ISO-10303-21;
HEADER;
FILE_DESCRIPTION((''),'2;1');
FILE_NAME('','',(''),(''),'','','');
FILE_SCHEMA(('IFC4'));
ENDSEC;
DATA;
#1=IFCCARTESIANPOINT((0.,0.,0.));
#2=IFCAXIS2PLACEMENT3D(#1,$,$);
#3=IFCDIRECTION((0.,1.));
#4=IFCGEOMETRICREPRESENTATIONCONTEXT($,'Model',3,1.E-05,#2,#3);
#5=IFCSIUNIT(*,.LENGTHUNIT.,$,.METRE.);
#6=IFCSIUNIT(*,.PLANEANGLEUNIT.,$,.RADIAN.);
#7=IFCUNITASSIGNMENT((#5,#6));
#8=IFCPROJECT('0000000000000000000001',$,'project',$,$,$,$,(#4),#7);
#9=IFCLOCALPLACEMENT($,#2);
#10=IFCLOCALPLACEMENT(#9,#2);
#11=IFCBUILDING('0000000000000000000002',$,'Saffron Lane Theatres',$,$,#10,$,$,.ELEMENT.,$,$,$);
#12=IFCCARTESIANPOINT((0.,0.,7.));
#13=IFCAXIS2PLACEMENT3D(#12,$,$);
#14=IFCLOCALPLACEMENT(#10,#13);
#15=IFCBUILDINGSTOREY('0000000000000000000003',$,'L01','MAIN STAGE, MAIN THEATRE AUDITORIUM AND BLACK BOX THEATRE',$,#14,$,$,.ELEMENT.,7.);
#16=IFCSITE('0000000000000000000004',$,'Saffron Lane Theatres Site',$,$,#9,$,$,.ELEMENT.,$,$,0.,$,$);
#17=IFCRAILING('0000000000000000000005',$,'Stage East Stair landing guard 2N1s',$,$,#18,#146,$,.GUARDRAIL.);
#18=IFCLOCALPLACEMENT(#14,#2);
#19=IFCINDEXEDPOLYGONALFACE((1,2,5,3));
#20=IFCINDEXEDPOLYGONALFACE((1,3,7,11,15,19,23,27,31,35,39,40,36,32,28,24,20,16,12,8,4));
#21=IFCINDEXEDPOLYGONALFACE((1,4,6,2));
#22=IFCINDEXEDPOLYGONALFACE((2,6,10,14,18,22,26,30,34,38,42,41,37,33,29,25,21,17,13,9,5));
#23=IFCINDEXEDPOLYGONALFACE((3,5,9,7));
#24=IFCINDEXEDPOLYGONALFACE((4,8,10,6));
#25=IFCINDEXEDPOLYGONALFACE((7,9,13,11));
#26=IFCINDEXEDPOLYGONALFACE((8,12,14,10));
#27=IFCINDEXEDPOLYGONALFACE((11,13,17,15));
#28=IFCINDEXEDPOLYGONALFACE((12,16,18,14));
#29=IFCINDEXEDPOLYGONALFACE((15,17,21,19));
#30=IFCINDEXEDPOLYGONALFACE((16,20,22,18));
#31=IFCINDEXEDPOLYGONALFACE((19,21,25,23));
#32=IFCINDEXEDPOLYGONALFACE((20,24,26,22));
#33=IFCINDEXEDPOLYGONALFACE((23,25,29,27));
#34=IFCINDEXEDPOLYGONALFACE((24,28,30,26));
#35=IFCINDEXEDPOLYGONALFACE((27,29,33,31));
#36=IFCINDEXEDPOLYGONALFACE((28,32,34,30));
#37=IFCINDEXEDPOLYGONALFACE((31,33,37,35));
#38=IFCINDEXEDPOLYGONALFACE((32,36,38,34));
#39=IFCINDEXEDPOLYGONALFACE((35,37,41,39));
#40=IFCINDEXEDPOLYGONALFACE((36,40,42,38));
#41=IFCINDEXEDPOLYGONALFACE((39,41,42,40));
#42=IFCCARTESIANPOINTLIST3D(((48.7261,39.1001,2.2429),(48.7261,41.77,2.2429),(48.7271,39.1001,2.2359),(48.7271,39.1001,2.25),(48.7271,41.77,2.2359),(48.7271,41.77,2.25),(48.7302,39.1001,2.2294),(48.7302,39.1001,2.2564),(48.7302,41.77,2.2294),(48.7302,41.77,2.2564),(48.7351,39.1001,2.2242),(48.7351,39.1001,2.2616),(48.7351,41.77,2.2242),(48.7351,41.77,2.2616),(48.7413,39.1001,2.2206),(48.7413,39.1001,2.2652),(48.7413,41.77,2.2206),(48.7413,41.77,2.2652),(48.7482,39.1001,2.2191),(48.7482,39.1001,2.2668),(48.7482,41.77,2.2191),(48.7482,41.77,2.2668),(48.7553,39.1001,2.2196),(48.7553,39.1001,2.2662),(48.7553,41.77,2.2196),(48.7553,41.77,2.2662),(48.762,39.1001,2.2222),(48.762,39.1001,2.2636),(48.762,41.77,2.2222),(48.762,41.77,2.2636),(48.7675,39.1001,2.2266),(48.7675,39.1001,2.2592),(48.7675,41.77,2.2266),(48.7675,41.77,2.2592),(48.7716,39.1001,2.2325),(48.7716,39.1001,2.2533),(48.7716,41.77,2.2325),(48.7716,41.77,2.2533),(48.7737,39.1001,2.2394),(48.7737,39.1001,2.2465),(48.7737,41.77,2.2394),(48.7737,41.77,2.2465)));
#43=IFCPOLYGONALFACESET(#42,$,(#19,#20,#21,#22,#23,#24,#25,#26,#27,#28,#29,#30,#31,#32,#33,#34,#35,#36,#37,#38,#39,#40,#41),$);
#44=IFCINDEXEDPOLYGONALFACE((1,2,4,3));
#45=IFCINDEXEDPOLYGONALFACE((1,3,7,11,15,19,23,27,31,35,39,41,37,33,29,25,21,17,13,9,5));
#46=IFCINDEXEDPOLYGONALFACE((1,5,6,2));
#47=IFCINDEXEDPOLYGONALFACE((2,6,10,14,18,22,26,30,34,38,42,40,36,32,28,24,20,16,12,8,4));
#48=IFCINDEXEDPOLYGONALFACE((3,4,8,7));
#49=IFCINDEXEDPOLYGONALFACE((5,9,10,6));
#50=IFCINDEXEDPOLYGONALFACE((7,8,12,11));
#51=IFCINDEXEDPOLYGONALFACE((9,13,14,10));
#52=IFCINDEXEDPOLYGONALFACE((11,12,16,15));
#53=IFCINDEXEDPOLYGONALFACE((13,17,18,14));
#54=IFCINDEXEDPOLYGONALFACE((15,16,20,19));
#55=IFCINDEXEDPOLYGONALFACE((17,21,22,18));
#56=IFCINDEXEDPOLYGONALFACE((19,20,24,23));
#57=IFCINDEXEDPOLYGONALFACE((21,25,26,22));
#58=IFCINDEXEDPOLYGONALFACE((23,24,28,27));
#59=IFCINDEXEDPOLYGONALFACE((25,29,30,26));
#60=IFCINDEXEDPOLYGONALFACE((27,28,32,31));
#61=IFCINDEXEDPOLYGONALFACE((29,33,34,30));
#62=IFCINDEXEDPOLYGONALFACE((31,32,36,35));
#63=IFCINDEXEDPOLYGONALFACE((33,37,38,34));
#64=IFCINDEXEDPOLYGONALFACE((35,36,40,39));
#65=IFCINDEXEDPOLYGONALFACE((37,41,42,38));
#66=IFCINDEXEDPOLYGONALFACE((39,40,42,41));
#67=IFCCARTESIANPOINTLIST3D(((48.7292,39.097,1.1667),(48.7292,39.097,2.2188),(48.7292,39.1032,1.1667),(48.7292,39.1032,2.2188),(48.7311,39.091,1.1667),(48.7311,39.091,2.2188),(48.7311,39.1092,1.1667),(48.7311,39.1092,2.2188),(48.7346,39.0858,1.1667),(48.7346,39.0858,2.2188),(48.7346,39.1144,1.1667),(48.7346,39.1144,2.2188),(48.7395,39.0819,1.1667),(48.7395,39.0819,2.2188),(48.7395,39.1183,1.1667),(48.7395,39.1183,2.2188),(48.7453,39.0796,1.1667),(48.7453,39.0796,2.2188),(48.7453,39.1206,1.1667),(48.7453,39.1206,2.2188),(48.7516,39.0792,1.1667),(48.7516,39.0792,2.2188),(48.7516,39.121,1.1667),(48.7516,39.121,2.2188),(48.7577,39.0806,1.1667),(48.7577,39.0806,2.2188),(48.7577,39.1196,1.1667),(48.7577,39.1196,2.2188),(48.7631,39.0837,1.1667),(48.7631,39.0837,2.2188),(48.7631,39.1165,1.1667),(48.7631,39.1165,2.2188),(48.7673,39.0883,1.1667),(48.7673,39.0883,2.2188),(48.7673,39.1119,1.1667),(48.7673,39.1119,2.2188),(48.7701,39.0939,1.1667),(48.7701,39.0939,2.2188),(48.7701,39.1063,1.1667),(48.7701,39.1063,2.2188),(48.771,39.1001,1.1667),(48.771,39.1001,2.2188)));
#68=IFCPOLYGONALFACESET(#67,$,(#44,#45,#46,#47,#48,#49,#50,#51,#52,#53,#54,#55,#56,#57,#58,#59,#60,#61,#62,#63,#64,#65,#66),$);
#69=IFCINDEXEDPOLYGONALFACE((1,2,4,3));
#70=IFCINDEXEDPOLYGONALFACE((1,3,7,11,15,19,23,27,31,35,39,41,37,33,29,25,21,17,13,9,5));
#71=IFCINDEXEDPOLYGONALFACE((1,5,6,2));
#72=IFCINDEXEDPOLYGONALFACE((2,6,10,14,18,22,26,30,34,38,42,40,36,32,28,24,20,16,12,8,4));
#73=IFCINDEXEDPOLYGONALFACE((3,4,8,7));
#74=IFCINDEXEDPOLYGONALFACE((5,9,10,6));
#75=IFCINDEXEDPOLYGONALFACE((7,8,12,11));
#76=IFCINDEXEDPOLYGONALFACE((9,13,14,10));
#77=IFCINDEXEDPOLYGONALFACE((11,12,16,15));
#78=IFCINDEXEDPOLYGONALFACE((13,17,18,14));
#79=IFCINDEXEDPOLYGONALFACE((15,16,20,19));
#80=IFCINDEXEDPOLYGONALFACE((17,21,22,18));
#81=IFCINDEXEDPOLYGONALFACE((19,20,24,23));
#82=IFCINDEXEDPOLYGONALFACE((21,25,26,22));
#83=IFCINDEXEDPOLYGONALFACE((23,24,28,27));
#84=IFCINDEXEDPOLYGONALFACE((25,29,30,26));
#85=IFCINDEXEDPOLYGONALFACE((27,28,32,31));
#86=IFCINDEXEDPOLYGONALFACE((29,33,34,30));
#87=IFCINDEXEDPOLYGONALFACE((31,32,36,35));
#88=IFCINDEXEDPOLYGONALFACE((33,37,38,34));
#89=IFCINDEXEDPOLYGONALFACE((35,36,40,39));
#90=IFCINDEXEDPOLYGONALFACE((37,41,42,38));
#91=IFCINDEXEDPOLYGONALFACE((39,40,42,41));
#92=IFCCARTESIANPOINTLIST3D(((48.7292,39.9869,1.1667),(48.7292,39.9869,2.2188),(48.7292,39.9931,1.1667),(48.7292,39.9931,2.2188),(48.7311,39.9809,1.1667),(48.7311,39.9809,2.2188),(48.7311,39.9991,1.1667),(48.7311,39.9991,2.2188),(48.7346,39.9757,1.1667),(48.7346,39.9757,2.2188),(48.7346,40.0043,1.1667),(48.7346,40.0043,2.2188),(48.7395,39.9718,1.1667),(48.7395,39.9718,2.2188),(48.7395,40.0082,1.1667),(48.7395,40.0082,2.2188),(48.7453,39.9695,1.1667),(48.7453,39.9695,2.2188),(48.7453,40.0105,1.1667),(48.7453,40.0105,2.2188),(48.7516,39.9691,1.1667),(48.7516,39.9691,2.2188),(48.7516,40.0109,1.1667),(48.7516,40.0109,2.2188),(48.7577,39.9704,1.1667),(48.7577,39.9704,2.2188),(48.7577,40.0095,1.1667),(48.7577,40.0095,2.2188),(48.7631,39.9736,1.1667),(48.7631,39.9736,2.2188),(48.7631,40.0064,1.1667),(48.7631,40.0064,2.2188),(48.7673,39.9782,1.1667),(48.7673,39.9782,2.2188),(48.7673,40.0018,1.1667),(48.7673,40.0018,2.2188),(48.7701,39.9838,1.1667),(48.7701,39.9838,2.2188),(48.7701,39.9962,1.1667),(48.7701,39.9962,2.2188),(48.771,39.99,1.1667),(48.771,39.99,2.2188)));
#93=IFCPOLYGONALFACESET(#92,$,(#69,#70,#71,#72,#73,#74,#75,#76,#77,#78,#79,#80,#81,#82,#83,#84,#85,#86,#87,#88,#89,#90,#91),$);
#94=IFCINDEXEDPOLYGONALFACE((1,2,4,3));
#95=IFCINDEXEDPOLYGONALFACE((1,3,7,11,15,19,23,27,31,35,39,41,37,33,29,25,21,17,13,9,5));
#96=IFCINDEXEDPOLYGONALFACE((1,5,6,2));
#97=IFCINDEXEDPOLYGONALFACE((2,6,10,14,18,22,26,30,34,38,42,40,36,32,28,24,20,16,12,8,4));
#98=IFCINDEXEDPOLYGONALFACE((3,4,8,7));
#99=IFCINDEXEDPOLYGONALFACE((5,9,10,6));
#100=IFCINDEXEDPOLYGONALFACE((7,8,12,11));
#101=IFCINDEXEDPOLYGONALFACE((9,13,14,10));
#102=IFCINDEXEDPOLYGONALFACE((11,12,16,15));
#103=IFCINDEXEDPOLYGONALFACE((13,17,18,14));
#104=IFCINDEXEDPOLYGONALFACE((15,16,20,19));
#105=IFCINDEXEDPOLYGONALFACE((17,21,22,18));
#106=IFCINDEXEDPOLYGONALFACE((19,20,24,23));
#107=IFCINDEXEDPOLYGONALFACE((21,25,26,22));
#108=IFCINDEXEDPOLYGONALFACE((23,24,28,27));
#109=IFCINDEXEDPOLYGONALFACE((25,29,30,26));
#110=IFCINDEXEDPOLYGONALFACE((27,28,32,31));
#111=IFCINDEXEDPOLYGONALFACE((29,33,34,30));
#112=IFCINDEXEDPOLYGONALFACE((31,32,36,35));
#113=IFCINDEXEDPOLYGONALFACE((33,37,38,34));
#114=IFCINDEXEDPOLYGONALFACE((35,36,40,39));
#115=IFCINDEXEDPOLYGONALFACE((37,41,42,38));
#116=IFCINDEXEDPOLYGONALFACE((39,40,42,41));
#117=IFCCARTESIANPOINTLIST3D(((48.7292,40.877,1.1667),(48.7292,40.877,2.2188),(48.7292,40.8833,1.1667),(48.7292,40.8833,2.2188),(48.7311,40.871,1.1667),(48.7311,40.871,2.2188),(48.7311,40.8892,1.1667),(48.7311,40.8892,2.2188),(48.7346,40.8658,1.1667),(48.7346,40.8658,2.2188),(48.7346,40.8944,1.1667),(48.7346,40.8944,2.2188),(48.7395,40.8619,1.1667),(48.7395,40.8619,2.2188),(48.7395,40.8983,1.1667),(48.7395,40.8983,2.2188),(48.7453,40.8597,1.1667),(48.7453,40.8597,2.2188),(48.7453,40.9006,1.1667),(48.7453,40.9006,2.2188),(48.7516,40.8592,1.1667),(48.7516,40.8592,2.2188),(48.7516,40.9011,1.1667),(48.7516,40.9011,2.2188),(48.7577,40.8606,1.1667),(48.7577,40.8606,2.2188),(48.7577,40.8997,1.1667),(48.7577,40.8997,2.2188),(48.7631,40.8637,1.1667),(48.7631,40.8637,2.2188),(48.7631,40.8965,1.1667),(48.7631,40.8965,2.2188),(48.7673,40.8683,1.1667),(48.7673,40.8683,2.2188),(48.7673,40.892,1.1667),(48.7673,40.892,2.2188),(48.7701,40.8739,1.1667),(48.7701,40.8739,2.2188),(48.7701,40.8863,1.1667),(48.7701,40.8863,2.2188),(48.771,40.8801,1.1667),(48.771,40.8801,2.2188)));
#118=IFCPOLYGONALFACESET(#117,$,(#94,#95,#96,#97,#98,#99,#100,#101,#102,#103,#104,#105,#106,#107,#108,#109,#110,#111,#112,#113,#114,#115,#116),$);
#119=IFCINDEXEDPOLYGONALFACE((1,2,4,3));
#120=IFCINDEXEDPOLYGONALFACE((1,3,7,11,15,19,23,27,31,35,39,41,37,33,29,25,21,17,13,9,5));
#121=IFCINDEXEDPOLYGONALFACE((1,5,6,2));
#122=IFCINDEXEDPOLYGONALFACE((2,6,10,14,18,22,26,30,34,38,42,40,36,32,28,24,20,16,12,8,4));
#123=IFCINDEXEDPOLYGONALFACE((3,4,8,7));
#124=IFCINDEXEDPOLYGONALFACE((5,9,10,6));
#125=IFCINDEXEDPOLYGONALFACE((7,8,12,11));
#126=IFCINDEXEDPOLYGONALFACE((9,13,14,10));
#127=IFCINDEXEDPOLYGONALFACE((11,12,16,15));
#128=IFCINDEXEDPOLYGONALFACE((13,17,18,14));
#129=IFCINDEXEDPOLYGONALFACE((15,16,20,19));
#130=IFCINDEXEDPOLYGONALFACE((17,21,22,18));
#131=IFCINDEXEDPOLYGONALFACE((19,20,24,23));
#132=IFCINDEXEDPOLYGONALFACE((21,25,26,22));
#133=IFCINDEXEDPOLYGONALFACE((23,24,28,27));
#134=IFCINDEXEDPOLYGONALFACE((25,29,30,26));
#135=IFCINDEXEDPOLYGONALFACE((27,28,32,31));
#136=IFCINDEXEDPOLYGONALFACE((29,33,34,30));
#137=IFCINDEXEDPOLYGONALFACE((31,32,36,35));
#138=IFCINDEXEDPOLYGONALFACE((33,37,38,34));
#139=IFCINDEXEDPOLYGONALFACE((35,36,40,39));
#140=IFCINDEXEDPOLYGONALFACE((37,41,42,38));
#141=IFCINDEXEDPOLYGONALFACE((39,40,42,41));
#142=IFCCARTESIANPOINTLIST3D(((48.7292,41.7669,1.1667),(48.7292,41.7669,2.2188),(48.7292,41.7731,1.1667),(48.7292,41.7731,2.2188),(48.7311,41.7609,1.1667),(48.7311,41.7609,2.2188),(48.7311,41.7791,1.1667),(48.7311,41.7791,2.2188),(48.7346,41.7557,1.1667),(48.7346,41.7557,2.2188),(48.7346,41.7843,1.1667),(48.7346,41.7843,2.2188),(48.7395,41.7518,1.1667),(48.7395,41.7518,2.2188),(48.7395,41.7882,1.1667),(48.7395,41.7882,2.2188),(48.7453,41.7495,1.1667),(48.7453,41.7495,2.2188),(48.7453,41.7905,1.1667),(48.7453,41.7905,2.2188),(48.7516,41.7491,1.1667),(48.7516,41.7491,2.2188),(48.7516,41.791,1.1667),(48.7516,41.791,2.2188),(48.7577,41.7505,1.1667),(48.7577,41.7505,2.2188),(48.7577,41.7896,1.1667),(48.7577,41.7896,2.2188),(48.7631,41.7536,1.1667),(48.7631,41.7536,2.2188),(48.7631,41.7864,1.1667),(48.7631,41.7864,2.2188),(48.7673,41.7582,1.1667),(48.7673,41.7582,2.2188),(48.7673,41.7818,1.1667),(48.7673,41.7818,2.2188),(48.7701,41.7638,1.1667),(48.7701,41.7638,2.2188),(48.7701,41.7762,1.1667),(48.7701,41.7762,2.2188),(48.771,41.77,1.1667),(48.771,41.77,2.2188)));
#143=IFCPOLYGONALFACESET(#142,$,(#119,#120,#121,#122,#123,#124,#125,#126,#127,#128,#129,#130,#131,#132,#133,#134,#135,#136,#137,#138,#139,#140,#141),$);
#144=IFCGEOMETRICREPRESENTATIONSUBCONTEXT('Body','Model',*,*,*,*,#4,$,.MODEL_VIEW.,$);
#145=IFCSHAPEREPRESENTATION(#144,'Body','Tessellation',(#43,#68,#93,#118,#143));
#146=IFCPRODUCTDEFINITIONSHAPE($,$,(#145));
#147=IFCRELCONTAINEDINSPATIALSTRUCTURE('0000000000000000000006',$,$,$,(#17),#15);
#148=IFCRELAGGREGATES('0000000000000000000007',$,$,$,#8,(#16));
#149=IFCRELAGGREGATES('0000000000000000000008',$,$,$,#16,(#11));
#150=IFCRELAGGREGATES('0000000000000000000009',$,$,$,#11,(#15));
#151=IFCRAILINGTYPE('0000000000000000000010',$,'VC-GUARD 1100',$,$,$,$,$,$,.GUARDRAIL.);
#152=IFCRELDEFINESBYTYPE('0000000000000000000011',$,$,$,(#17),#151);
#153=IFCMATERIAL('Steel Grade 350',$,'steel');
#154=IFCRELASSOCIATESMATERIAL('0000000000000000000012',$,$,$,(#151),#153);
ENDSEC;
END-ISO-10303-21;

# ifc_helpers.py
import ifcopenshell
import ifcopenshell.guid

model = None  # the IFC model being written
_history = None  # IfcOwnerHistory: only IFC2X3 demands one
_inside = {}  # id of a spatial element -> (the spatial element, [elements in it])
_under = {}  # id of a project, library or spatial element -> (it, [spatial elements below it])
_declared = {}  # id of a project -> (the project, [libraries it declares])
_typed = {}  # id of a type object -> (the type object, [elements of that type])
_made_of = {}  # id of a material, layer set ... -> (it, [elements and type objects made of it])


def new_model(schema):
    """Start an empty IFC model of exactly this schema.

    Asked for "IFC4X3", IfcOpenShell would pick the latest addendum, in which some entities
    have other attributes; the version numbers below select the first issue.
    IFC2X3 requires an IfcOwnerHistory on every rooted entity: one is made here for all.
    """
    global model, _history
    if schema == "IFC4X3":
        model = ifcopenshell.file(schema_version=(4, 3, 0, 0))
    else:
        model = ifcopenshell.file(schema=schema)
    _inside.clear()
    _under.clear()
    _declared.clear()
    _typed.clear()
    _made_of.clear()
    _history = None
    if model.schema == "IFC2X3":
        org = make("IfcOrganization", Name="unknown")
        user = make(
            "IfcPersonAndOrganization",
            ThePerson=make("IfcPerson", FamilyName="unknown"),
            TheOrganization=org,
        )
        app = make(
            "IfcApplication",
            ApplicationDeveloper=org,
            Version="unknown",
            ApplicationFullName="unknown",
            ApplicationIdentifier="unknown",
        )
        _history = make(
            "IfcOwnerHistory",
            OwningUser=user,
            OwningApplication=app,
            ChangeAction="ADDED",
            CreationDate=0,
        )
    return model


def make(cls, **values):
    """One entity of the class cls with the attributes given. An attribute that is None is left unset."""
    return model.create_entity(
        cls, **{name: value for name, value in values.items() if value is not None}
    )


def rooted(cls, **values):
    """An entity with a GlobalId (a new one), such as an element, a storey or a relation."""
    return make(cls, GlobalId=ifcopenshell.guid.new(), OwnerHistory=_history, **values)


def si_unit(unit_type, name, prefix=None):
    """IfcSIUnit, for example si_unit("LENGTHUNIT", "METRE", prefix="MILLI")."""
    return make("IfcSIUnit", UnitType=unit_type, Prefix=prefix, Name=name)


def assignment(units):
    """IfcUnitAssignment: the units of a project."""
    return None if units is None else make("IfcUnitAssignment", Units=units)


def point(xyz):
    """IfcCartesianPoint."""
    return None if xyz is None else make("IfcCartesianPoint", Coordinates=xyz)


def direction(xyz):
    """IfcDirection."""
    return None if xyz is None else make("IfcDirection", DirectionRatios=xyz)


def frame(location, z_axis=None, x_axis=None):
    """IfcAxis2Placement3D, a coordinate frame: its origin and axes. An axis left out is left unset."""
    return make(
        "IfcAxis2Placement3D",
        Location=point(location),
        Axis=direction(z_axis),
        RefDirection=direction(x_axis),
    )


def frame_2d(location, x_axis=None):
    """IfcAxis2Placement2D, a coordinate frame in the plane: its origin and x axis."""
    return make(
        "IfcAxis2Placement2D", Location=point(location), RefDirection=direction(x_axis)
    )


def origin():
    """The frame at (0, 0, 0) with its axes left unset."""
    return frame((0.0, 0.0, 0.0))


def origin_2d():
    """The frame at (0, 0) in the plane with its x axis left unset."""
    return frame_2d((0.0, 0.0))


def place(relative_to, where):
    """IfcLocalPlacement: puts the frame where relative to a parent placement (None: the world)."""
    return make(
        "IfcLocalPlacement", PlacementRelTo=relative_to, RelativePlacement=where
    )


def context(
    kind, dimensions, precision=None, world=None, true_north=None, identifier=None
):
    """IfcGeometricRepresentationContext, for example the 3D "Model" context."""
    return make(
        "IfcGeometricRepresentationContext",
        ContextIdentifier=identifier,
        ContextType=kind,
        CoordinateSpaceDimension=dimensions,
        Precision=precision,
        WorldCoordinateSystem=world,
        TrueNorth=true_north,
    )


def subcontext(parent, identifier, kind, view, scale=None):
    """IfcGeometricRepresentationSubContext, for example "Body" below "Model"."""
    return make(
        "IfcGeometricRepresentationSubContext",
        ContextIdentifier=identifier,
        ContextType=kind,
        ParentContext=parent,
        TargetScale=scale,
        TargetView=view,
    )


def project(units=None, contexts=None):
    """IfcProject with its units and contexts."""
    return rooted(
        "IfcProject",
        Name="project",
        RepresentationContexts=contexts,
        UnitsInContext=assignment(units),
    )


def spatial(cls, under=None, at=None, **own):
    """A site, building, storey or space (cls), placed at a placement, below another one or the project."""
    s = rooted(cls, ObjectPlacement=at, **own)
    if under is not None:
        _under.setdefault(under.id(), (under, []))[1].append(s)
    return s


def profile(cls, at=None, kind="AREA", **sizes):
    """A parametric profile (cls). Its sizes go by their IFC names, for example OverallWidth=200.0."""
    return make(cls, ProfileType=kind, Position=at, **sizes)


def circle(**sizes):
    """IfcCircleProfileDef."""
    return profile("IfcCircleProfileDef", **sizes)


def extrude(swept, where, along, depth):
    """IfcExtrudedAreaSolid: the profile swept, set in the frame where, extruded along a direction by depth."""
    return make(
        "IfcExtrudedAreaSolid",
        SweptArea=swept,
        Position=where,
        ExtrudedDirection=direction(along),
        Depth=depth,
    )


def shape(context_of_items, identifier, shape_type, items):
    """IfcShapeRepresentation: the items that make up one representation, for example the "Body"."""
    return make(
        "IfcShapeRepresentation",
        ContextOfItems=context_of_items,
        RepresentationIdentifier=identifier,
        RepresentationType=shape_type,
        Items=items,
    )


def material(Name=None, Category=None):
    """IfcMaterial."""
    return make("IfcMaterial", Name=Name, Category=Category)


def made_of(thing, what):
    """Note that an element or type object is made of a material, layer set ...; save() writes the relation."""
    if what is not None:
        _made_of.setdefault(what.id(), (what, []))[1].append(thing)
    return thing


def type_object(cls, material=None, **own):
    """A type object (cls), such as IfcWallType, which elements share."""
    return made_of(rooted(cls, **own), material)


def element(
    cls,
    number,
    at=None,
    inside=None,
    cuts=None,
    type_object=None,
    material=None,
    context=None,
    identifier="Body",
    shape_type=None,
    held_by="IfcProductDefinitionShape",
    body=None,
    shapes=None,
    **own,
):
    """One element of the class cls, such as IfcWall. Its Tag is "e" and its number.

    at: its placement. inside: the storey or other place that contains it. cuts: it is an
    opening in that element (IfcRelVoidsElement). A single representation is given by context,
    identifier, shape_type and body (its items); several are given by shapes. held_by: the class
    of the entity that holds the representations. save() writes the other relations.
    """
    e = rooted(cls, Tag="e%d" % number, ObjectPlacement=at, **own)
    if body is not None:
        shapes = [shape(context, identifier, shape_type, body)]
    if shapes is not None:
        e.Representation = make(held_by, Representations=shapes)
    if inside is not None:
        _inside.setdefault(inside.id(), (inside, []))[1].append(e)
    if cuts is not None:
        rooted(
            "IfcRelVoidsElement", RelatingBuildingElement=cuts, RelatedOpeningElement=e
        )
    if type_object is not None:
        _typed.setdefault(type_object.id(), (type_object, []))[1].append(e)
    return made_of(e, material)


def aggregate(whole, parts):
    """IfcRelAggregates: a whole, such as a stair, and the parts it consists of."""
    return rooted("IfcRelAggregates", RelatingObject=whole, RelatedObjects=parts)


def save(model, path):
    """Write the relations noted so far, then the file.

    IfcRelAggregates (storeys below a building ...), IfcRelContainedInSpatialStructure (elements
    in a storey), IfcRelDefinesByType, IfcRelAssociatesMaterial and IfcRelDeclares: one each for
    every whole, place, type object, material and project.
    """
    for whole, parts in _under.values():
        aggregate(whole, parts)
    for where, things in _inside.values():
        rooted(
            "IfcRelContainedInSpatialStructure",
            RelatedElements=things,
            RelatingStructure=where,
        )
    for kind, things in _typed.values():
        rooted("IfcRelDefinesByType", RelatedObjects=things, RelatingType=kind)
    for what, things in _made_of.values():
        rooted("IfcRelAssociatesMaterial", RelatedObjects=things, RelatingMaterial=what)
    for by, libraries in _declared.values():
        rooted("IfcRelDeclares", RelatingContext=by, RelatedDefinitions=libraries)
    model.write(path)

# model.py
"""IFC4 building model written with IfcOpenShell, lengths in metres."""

from ifc_helpers import new_model, si_unit, direction, frame, origin, origin_2d, place, context, subcontext, project, spatial, circle, extrude, material, type_object, element, save


model = new_model("IFC4")

# Units and contexts
model_context = context("Model", 3, precision=1e-05, world=origin(), true_north=direction((0.0, 1.0)))
body_context = subcontext(model_context, "Body", "Model", "MODEL_VIEW")
ifc_project = project(units=[si_unit("LENGTHUNIT", "METRE"), si_unit("PLANEANGLEUNIT", "RADIAN")], contexts=[model_context])

# Site, building, storey
site_placement = place(None, origin())
site = spatial("IfcSite", under=ifc_project, at=site_placement, Name="Saffron Lane Theatres Site", CompositionType="ELEMENT", RefElevation=0.0)
building_placement = place(site_placement, origin())
building = spatial("IfcBuilding", under=site, at=building_placement, Name="Saffron Lane Theatres", CompositionType="ELEMENT")
storey_placement = place(building_placement, frame((0.0, 0.0, 7.0)))
storey = spatial("IfcBuildingStorey", under=building, at=storey_placement, Name="L01", Description="MAIN STAGE, MAIN THEATRE AUDITORIUM AND BLACK BOX THEATRE", CompositionType="ELEMENT", Elevation=7.0)

# Railing
ifc_material_1 = material(Name="Steel Grade 350", Category="steel")
railing_type_1 = type_object("IfcRailingType", Name="VC-GUARD 1100", PredefinedType="GUARDRAIL", material=ifc_material_1)
railing_1_placement = place(storey_placement, frame((48.75, 39.1001, 1.1667)))
element("IfcRailing", 1, at=railing_1_placement, inside=storey, type_object=railing_type_1, Name="Stage East Stair landing guard 2N1s", PredefinedType="GUARDRAIL", context=body_context, shape_type="SweptSolid", body=[
    extrude(circle(Radius=0.0239, at=origin_2d()), frame((0.0, 0.0, 1.0762), z_axis=(0.0, 1.0, 0.0), x_axis=(-1.0, 0.0, 0.0)), (0.0, 0.0, 1.0), 2.6699),
    extrude(circle(Radius=0.021, at=origin_2d()), origin(), (0.0, 0.0, 1.0), 1.052),
    extrude(circle(Radius=0.021, at=origin_2d()), frame((0.0, 0.8899, 0.0)), (0.0, 0.0, 1.0), 1.052),
    extrude(circle(Radius=0.021, at=origin_2d()), frame((0.0, 1.78, 0.0)), (0.0, 0.0, 1.0), 1.052),
    extrude(circle(Radius=0.021, at=origin_2d()), frame((0.0, 2.6699, 0.0)), (0.0, 0.0, 1.0), 1.052),
])

save(model, "model.ifc")
